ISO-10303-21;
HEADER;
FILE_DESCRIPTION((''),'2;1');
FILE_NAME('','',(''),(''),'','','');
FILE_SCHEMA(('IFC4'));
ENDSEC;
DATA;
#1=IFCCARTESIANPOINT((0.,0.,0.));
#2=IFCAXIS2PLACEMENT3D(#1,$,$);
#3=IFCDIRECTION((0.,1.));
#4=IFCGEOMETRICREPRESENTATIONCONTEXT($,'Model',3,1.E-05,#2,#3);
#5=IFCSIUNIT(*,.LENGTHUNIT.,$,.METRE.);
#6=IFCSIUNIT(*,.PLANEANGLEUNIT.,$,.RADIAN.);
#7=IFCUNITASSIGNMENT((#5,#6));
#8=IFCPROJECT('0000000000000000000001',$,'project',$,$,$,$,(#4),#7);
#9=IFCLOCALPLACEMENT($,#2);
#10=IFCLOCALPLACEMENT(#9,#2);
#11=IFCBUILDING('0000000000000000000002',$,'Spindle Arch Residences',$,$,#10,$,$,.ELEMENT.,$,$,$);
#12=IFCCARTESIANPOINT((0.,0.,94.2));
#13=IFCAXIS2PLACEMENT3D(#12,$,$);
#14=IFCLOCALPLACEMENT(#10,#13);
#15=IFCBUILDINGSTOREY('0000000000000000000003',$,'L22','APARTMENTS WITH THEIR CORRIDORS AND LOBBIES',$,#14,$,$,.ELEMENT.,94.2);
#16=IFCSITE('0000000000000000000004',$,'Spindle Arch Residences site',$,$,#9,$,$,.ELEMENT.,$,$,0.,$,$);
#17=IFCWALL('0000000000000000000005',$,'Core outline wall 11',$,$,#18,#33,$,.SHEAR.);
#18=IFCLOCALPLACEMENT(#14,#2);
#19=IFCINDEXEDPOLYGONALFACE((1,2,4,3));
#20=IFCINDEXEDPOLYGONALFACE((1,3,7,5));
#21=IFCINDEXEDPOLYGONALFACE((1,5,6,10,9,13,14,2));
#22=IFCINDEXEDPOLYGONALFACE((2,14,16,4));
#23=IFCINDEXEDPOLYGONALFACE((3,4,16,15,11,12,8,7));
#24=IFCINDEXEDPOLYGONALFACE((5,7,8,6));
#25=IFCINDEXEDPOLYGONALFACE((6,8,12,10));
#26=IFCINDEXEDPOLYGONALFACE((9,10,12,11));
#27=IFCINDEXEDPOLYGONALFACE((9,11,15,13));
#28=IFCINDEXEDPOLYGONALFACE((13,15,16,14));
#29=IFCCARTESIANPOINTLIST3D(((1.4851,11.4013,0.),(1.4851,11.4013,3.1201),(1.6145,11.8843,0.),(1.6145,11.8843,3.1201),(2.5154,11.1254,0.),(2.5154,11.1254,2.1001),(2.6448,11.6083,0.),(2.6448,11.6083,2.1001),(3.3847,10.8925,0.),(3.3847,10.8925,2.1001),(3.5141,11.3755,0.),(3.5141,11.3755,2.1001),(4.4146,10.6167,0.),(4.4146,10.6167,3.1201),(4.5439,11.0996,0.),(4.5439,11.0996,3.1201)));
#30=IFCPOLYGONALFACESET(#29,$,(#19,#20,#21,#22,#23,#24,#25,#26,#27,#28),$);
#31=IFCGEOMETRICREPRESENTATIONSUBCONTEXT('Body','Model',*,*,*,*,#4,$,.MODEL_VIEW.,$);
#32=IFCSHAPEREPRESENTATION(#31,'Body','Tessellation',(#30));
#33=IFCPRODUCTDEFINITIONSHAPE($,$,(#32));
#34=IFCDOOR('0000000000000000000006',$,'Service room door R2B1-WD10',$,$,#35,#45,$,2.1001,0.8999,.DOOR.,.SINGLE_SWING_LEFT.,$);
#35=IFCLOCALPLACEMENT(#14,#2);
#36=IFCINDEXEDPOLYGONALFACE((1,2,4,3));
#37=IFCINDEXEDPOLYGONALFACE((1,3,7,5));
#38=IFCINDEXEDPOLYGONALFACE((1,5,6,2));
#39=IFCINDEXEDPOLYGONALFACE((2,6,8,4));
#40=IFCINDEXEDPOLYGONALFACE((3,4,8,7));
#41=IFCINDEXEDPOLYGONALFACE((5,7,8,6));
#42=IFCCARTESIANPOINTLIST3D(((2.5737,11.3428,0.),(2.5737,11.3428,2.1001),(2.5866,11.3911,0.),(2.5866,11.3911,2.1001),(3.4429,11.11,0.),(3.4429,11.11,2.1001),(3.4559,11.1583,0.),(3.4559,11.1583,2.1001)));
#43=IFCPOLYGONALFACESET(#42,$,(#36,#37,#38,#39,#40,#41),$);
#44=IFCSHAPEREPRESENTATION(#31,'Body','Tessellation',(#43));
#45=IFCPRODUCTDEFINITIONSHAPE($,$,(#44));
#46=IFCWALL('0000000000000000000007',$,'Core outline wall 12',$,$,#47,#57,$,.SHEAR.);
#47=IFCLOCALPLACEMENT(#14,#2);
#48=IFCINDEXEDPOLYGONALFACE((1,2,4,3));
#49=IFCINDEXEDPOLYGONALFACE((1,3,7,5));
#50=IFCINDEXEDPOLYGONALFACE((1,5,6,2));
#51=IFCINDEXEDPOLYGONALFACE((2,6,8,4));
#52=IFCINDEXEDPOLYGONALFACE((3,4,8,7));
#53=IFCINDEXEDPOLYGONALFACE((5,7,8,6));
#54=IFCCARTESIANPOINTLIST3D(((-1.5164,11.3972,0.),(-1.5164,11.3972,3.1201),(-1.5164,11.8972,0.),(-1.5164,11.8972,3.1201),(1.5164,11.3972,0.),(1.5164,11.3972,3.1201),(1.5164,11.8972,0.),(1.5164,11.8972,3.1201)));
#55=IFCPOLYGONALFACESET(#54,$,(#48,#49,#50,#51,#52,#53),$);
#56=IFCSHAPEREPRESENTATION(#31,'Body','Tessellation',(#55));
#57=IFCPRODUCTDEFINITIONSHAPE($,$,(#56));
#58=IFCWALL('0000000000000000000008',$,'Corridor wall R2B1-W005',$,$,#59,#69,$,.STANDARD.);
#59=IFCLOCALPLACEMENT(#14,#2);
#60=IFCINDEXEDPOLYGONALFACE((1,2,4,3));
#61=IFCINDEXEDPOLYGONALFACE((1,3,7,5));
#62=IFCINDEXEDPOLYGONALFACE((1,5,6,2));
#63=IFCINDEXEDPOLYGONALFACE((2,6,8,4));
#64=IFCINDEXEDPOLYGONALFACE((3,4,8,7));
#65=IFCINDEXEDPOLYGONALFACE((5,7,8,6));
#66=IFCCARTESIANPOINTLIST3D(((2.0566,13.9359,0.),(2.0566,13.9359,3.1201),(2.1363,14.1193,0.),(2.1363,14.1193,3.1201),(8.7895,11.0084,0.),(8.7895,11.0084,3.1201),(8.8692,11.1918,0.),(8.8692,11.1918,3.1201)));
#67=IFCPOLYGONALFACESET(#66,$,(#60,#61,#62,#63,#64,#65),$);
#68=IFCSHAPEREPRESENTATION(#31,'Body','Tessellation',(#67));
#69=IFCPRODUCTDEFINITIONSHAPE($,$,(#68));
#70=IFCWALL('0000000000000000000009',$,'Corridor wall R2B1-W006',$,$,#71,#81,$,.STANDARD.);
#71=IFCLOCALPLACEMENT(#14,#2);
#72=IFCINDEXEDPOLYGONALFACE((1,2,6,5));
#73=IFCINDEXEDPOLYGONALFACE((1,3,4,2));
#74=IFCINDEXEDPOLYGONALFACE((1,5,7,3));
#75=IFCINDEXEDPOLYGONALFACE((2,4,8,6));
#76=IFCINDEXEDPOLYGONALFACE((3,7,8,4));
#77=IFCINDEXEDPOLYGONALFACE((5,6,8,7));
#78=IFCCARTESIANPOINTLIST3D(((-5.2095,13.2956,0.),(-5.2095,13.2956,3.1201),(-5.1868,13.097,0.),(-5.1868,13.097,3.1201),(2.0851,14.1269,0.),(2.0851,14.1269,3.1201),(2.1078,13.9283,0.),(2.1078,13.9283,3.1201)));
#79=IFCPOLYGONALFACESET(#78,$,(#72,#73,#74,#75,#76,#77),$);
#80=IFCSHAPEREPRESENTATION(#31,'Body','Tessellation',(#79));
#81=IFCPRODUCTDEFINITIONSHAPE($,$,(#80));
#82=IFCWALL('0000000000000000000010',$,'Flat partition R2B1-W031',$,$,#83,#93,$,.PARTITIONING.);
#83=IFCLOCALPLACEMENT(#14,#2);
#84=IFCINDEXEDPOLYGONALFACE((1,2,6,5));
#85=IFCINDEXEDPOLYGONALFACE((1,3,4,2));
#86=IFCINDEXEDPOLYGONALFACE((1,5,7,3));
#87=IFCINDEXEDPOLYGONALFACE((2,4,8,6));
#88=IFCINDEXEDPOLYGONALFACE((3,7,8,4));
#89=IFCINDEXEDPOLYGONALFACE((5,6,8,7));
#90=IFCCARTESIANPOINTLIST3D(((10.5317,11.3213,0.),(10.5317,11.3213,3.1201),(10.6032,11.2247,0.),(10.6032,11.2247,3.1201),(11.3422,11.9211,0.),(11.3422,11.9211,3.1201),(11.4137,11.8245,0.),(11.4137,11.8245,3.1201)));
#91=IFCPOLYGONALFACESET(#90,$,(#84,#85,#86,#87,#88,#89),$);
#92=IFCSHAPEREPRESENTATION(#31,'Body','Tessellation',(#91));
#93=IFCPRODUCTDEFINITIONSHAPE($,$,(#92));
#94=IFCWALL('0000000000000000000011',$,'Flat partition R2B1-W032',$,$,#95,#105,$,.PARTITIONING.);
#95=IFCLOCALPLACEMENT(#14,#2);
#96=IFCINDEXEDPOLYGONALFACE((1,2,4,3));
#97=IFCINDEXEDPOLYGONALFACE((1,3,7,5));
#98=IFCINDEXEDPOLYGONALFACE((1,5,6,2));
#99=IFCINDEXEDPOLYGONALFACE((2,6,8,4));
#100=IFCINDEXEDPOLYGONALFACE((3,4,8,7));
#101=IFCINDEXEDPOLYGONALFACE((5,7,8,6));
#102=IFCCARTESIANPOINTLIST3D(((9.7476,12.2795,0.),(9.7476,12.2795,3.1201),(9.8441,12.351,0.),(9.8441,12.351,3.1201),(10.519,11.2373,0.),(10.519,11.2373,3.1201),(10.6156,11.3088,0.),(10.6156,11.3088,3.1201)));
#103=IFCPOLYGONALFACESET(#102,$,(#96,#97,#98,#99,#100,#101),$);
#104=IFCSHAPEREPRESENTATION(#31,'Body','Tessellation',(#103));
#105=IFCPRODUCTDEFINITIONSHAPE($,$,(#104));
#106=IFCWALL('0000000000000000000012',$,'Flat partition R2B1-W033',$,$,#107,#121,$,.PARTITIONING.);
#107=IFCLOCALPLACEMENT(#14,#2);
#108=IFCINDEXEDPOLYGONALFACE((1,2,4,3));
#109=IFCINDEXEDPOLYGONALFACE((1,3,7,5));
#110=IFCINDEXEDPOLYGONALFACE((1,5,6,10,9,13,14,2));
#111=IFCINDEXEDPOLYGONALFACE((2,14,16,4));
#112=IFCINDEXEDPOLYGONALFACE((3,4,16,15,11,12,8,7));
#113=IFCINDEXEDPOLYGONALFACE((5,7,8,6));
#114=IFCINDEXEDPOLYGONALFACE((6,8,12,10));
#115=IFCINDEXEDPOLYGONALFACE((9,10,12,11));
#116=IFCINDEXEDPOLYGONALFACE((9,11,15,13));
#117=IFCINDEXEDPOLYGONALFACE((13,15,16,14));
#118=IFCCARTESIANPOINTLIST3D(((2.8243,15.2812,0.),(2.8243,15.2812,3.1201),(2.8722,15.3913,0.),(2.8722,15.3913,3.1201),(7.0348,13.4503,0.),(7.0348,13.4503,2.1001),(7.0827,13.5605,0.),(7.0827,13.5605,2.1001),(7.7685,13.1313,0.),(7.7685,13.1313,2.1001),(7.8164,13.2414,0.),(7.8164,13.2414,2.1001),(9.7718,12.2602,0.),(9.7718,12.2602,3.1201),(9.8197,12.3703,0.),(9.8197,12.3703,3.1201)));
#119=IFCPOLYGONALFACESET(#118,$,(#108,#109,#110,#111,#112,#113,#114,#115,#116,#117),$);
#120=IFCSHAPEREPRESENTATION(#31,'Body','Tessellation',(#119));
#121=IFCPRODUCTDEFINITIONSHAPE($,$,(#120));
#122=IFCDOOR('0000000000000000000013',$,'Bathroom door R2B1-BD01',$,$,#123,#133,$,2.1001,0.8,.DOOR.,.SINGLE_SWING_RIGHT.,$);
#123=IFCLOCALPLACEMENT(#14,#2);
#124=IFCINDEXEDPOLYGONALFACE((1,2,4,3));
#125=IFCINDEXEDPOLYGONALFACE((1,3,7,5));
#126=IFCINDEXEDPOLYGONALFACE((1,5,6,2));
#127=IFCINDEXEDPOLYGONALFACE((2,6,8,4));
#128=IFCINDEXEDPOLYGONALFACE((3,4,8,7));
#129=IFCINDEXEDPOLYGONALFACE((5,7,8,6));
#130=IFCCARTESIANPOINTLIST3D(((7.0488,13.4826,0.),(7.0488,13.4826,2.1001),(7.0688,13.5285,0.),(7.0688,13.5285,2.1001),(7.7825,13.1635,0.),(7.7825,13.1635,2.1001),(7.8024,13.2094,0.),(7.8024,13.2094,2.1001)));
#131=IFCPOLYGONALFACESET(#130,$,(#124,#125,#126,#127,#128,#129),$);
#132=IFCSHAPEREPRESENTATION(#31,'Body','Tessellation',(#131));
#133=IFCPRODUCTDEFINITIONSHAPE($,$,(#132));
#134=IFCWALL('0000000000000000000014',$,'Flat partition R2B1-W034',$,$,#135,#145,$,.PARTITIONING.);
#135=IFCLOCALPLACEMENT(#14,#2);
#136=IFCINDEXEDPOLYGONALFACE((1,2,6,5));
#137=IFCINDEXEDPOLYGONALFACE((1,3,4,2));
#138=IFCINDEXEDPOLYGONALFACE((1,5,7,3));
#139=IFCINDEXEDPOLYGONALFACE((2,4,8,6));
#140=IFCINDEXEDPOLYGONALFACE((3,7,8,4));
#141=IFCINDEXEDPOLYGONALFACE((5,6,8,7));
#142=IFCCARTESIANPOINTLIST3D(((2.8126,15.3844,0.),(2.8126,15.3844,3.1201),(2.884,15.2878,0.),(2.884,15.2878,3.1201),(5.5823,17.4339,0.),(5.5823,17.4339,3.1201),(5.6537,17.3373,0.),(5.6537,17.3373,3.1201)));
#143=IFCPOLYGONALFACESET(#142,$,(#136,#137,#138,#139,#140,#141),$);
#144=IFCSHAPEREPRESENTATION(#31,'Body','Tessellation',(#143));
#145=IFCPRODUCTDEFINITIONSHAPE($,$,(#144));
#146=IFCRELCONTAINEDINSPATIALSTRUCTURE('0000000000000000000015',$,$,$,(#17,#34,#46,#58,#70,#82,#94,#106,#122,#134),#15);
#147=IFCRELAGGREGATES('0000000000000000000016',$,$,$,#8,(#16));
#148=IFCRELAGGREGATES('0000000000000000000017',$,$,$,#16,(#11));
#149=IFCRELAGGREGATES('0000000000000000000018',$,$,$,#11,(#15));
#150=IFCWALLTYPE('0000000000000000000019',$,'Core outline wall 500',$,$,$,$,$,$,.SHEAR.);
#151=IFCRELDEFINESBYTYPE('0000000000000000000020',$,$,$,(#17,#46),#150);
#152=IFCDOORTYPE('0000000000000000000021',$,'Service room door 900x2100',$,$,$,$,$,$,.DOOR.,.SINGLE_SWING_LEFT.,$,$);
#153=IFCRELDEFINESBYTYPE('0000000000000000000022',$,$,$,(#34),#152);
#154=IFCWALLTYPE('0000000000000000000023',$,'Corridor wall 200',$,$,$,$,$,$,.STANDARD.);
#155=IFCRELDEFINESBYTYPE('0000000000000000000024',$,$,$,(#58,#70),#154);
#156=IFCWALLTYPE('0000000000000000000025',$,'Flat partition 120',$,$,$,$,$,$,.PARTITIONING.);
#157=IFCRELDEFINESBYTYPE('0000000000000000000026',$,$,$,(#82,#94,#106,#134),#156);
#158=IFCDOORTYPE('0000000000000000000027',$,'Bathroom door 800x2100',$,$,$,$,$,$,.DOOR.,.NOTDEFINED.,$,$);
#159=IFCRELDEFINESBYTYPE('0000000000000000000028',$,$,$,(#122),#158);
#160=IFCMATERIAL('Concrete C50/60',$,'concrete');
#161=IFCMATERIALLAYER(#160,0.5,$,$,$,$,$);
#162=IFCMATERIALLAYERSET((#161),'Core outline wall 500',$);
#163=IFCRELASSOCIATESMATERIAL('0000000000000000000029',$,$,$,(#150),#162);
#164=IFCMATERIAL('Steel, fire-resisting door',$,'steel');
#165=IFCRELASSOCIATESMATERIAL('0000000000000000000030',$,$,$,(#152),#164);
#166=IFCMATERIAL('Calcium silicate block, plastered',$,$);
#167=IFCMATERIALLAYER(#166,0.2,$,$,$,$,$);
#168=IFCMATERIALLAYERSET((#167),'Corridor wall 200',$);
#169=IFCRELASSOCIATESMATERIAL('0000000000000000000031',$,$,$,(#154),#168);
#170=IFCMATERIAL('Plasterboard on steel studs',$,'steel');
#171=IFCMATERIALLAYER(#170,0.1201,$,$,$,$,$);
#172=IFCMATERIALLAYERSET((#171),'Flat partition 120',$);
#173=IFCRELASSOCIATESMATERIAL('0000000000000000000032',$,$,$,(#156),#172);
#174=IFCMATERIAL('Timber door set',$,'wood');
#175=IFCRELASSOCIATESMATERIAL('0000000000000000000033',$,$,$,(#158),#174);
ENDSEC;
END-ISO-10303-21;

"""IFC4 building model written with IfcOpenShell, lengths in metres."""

from ifc_helpers import new_model, si_unit, direction, frame, frame_2d, origin, place, context, subcontext, project, spatial, rectangle, extrude, material, layer, layer_set, type_object, element, fill, save


model = new_model("IFC4")

# Units and contexts
model_context = context("Model", 3, precision=1e-05, world=origin(), true_north=direction((0.0, 1.0)))
body_context = subcontext(model_context, "Body", "Model", "MODEL_VIEW")
ifc_project = project(units=[si_unit("LENGTHUNIT", "METRE"), si_unit("PLANEANGLEUNIT", "RADIAN")], contexts=[model_context])

# Site, building, storey
site_placement = place(None, origin())
site = spatial("IfcSite", under=ifc_project, at=site_placement, Name="Spindle Arch Residences site", CompositionType="ELEMENT", RefElevation=0.0)
building_placement = place(site_placement, origin())
building = spatial("IfcBuilding", under=site, at=building_placement, Name="Spindle Arch Residences", CompositionType="ELEMENT")
storey_placement = place(building_placement, frame((0.0, 0.0, 94.2)))
storey = spatial("IfcBuildingStorey", under=building, at=storey_placement, Name="L22", Description="APARTMENTS WITH THEIR CORRIDORS AND LOBBIES", CompositionType="ELEMENT", Elevation=94.2)

# Shared definitions
ifc_material_1 = material(Name="Concrete C50/60", Category="concrete")
ifc_layer_1 = layer(ifc_material_1, 0.5)
ifc_layer_set_1 = layer_set([ifc_layer_1], Name="Core outline wall 500")
wall_type_1 = type_object("IfcWallType", Name="Core outline wall 500", PredefinedType="SHEAR", material=ifc_layer_set_1)

# Wall, opening, door
wall_1_placement = place(storey_placement, frame((4.4792, 10.8582, 0.0), z_axis=(0.0, 0.0, 1.0), x_axis=(-0.965948, 0.258735, 0.0)))
wall_1 = element("IfcWall", 1, at=wall_1_placement, inside=storey, type_object=wall_type_1, Name="Core outline wall 11", PredefinedType="SHEAR", context=body_context, shape_type="SweptSolid", body=[
    extrude(rectangle(XDim=3.0327, YDim=0.5, at=frame_2d((1.5164, 0.0))), origin(), (0.0, 0.0, 1.0), 3.1201),
])
opening_1_placement = place(wall_1_placement, frame((1.0662, 0.0, 0.0)))
opening_1 = element("IfcOpeningElement", 2, at=opening_1_placement, cuts=wall_1, PredefinedType="OPENING", context=body_context, shape_type="SweptSolid", body=[
    extrude(rectangle(XDim=0.8999, YDim=2.1001, at=frame_2d((0.45, 1.05))), frame((0.0, 0.26, 0.0), z_axis=(0.0, -1.0, 0.0), x_axis=(1.0, 0.0, 0.0)), (0.0, 0.0, 1.0), 0.52),
])
ifc_material_2 = material(Name="Steel, fire-resisting door", Category="steel")
door_type_1 = type_object("IfcDoorType", Name="Service room door 900x2100", OperationType="SINGLE_SWING_LEFT", PredefinedType="DOOR", material=ifc_material_2)
door_1_placement = place(opening_1_placement, origin())
door_1 = element("IfcDoor", 3, at=door_1_placement, inside=storey, type_object=door_type_1, Name="Service room door R2B1-WD10", OperationType="SINGLE_SWING_LEFT", OverallHeight=2.1001, OverallWidth=0.8999, PredefinedType="DOOR", context=body_context, shape_type="SweptSolid", body=[
    extrude(rectangle(XDim=0.8999, YDim=2.1001, at=frame_2d((0.45, 1.05))), frame((0.0, 0.0249, 0.0), z_axis=(0.0, -1.0, 0.0), x_axis=(1.0, 0.0, 0.0)), (0.0, 0.0, 1.0), 0.05),
])
fill(opening_1, door_1)

# Walls
wall_2_placement = place(storey_placement, frame((1.5164, 11.6472, 0.0), z_axis=(0.0, 0.0, 1.0), x_axis=(-1.0, 0.0, 0.0)))
element("IfcWall", 4, at=wall_2_placement, inside=storey, type_object=wall_type_1, Name="Core outline wall 12", PredefinedType="SHEAR", context=body_context, shape_type="SweptSolid", body=[
    extrude(rectangle(XDim=3.0327, YDim=0.5, at=frame_2d((1.5164, 0.0))), origin(), (0.0, 0.0, 1.0), 3.1201),
])
ifc_material_3 = material(Name="Calcium silicate block, plastered")
ifc_layer_2 = layer(ifc_material_3, 0.2)
ifc_layer_set_2 = layer_set([ifc_layer_2], Name="Corridor wall 200")
wall_type_2 = type_object("IfcWallType", Name="Corridor wall 200", PredefinedType="STANDARD", material=ifc_layer_set_2)
for number, where, z_axis, x_axis, name in (
    (5, (8.8293, 11.1001, 0.0), (0.0, 0.0, 1.0), (-0.917063, 0.398742, 0.0), "Corridor wall R2B1-W005"),
    (6, (2.0964, 14.0276, 0.0), (0.0, 0.0, 1.0), (-0.993569, -0.113227, 0.0), "Corridor wall R2B1-W006"),
):
    element("IfcWall", number, at=place(storey_placement, frame(where, z_axis=z_axis, x_axis=x_axis)), inside=storey, type_object=wall_type_2, Name=name, PredefinedType="STANDARD", context=body_context, shape_type="SweptSolid", body=[
        extrude(rectangle(XDim=7.3418, YDim=0.2, at=frame_2d((3.6709, 0.0))), origin(), (0.0, 0.0, 1.0), 3.1201),
    ])
ifc_material_4 = material(Name="Plasterboard on steel studs", Category="steel")
ifc_layer_3 = layer(ifc_material_4, 0.1201)
ifc_layer_set_3 = layer_set([ifc_layer_3], Name="Flat partition 120")
wall_type_3 = type_object("IfcWallType", Name="Flat partition 120", PredefinedType="PARTITIONING", material=ifc_layer_set_3)
wall_3_placement = place(storey_placement, frame((11.3779, 11.8728, 0.0), z_axis=(0.0, 0.0, 1.0), x_axis=(-0.803819, -0.594874, 0.0)))
element("IfcWall", 7, at=wall_3_placement, inside=storey, type_object=wall_type_3, Name="Flat partition R2B1-W031", PredefinedType="PARTITIONING", context=body_context, shape_type="SweptSolid", body=[
    extrude(rectangle(XDim=1.0083, YDim=0.1201, at=frame_2d((0.5042, 0.0))), origin(), (0.0, 0.0, 1.0), 3.1201),
])
wall_4_placement = place(storey_placement, frame((10.5674, 11.2729, 0.0), z_axis=(0.0, 0.0, 1.0), x_axis=(-0.594957, 0.803757, 0.0)))
element("IfcWall", 8, at=wall_4_placement, inside=storey, type_object=wall_type_3, Name="Flat partition R2B1-W032", PredefinedType="PARTITIONING", context=body_context, shape_type="SweptSolid", body=[
    extrude(rectangle(XDim=1.2966, YDim=0.1201, at=frame_2d((0.6484, 0.0))), origin(), (0.0, 0.0, 1.0), 3.1201),
])

# Wall, opening, door
wall_5_placement = place(storey_placement, frame((9.7959, 12.3152, 0.0), z_axis=(0.0, 0.0, 1.0), x_axis=(-0.917054, 0.398764, 0.0)))
wall_5 = element("IfcWall", 9, at=wall_5_placement, inside=storey, type_object=wall_type_3, Name="Flat partition R2B1-W033", PredefinedType="PARTITIONING", context=body_context, shape_type="SweptSolid", body=[
    extrude(rectangle(XDim=7.5759, YDim=0.1201, at=frame_2d((3.7881, 0.0))), origin(), (0.0, 0.0, 1.0), 3.1201),
])
opening_2_placement = place(wall_5_placement, frame((2.1848, 0.0, 0.0)))
opening_2 = element("IfcOpeningElement", 10, at=opening_2_placement, cuts=wall_5, PredefinedType="OPENING", context=body_context, shape_type="SweptSolid", body=[
    extrude(rectangle(XDim=0.8, YDim=2.1001, at=frame_2d((0.3999, 1.05))), frame((0.0, 0.0701, 0.0), z_axis=(0.0, -1.0, 0.0), x_axis=(1.0, 0.0, 0.0)), (0.0, 0.0, 1.0), 0.1401),
])
ifc_material_5 = material(Name="Timber door set", Category="wood")
door_type_2 = type_object("IfcDoorType", Name="Bathroom door 800x2100", OperationType="NOTDEFINED", PredefinedType="DOOR", material=ifc_material_5)
door_2_placement = place(opening_2_placement, origin())
door_2 = element("IfcDoor", 11, at=door_2_placement, inside=storey, type_object=door_type_2, Name="Bathroom door R2B1-BD01", OperationType="SINGLE_SWING_RIGHT", OverallHeight=2.1001, OverallWidth=0.8, PredefinedType="DOOR", context=body_context, shape_type="SweptSolid", body=[
    extrude(rectangle(XDim=0.8, YDim=2.1001, at=frame_2d((0.3999, 1.05))), frame((0.0, 0.0249, 0.0), z_axis=(0.0, -1.0, 0.0), x_axis=(1.0, 0.0, 0.0)), (0.0, 0.0, 1.0), 0.05),
])
fill(opening_2, door_2)

# Wall
wall_6_placement = place(storey_placement, frame((2.8484, 15.3362, 0.0), z_axis=(0.0, 0.0, 1.0), x_axis=(0.803852, 0.594829, 0.0)))
element("IfcWall", 12, at=wall_6_placement, inside=storey, type_object=wall_type_3, Name="Flat partition R2B1-W034", PredefinedType="PARTITIONING", context=body_context, shape_type="SweptSolid", body=[
    extrude(rectangle(XDim=3.4456, YDim=0.1201, at=frame_2d((1.7227, 0.0))), origin(), (0.0, 0.0, 1.0), 3.1201),
])

save(model, "model.ifc")
